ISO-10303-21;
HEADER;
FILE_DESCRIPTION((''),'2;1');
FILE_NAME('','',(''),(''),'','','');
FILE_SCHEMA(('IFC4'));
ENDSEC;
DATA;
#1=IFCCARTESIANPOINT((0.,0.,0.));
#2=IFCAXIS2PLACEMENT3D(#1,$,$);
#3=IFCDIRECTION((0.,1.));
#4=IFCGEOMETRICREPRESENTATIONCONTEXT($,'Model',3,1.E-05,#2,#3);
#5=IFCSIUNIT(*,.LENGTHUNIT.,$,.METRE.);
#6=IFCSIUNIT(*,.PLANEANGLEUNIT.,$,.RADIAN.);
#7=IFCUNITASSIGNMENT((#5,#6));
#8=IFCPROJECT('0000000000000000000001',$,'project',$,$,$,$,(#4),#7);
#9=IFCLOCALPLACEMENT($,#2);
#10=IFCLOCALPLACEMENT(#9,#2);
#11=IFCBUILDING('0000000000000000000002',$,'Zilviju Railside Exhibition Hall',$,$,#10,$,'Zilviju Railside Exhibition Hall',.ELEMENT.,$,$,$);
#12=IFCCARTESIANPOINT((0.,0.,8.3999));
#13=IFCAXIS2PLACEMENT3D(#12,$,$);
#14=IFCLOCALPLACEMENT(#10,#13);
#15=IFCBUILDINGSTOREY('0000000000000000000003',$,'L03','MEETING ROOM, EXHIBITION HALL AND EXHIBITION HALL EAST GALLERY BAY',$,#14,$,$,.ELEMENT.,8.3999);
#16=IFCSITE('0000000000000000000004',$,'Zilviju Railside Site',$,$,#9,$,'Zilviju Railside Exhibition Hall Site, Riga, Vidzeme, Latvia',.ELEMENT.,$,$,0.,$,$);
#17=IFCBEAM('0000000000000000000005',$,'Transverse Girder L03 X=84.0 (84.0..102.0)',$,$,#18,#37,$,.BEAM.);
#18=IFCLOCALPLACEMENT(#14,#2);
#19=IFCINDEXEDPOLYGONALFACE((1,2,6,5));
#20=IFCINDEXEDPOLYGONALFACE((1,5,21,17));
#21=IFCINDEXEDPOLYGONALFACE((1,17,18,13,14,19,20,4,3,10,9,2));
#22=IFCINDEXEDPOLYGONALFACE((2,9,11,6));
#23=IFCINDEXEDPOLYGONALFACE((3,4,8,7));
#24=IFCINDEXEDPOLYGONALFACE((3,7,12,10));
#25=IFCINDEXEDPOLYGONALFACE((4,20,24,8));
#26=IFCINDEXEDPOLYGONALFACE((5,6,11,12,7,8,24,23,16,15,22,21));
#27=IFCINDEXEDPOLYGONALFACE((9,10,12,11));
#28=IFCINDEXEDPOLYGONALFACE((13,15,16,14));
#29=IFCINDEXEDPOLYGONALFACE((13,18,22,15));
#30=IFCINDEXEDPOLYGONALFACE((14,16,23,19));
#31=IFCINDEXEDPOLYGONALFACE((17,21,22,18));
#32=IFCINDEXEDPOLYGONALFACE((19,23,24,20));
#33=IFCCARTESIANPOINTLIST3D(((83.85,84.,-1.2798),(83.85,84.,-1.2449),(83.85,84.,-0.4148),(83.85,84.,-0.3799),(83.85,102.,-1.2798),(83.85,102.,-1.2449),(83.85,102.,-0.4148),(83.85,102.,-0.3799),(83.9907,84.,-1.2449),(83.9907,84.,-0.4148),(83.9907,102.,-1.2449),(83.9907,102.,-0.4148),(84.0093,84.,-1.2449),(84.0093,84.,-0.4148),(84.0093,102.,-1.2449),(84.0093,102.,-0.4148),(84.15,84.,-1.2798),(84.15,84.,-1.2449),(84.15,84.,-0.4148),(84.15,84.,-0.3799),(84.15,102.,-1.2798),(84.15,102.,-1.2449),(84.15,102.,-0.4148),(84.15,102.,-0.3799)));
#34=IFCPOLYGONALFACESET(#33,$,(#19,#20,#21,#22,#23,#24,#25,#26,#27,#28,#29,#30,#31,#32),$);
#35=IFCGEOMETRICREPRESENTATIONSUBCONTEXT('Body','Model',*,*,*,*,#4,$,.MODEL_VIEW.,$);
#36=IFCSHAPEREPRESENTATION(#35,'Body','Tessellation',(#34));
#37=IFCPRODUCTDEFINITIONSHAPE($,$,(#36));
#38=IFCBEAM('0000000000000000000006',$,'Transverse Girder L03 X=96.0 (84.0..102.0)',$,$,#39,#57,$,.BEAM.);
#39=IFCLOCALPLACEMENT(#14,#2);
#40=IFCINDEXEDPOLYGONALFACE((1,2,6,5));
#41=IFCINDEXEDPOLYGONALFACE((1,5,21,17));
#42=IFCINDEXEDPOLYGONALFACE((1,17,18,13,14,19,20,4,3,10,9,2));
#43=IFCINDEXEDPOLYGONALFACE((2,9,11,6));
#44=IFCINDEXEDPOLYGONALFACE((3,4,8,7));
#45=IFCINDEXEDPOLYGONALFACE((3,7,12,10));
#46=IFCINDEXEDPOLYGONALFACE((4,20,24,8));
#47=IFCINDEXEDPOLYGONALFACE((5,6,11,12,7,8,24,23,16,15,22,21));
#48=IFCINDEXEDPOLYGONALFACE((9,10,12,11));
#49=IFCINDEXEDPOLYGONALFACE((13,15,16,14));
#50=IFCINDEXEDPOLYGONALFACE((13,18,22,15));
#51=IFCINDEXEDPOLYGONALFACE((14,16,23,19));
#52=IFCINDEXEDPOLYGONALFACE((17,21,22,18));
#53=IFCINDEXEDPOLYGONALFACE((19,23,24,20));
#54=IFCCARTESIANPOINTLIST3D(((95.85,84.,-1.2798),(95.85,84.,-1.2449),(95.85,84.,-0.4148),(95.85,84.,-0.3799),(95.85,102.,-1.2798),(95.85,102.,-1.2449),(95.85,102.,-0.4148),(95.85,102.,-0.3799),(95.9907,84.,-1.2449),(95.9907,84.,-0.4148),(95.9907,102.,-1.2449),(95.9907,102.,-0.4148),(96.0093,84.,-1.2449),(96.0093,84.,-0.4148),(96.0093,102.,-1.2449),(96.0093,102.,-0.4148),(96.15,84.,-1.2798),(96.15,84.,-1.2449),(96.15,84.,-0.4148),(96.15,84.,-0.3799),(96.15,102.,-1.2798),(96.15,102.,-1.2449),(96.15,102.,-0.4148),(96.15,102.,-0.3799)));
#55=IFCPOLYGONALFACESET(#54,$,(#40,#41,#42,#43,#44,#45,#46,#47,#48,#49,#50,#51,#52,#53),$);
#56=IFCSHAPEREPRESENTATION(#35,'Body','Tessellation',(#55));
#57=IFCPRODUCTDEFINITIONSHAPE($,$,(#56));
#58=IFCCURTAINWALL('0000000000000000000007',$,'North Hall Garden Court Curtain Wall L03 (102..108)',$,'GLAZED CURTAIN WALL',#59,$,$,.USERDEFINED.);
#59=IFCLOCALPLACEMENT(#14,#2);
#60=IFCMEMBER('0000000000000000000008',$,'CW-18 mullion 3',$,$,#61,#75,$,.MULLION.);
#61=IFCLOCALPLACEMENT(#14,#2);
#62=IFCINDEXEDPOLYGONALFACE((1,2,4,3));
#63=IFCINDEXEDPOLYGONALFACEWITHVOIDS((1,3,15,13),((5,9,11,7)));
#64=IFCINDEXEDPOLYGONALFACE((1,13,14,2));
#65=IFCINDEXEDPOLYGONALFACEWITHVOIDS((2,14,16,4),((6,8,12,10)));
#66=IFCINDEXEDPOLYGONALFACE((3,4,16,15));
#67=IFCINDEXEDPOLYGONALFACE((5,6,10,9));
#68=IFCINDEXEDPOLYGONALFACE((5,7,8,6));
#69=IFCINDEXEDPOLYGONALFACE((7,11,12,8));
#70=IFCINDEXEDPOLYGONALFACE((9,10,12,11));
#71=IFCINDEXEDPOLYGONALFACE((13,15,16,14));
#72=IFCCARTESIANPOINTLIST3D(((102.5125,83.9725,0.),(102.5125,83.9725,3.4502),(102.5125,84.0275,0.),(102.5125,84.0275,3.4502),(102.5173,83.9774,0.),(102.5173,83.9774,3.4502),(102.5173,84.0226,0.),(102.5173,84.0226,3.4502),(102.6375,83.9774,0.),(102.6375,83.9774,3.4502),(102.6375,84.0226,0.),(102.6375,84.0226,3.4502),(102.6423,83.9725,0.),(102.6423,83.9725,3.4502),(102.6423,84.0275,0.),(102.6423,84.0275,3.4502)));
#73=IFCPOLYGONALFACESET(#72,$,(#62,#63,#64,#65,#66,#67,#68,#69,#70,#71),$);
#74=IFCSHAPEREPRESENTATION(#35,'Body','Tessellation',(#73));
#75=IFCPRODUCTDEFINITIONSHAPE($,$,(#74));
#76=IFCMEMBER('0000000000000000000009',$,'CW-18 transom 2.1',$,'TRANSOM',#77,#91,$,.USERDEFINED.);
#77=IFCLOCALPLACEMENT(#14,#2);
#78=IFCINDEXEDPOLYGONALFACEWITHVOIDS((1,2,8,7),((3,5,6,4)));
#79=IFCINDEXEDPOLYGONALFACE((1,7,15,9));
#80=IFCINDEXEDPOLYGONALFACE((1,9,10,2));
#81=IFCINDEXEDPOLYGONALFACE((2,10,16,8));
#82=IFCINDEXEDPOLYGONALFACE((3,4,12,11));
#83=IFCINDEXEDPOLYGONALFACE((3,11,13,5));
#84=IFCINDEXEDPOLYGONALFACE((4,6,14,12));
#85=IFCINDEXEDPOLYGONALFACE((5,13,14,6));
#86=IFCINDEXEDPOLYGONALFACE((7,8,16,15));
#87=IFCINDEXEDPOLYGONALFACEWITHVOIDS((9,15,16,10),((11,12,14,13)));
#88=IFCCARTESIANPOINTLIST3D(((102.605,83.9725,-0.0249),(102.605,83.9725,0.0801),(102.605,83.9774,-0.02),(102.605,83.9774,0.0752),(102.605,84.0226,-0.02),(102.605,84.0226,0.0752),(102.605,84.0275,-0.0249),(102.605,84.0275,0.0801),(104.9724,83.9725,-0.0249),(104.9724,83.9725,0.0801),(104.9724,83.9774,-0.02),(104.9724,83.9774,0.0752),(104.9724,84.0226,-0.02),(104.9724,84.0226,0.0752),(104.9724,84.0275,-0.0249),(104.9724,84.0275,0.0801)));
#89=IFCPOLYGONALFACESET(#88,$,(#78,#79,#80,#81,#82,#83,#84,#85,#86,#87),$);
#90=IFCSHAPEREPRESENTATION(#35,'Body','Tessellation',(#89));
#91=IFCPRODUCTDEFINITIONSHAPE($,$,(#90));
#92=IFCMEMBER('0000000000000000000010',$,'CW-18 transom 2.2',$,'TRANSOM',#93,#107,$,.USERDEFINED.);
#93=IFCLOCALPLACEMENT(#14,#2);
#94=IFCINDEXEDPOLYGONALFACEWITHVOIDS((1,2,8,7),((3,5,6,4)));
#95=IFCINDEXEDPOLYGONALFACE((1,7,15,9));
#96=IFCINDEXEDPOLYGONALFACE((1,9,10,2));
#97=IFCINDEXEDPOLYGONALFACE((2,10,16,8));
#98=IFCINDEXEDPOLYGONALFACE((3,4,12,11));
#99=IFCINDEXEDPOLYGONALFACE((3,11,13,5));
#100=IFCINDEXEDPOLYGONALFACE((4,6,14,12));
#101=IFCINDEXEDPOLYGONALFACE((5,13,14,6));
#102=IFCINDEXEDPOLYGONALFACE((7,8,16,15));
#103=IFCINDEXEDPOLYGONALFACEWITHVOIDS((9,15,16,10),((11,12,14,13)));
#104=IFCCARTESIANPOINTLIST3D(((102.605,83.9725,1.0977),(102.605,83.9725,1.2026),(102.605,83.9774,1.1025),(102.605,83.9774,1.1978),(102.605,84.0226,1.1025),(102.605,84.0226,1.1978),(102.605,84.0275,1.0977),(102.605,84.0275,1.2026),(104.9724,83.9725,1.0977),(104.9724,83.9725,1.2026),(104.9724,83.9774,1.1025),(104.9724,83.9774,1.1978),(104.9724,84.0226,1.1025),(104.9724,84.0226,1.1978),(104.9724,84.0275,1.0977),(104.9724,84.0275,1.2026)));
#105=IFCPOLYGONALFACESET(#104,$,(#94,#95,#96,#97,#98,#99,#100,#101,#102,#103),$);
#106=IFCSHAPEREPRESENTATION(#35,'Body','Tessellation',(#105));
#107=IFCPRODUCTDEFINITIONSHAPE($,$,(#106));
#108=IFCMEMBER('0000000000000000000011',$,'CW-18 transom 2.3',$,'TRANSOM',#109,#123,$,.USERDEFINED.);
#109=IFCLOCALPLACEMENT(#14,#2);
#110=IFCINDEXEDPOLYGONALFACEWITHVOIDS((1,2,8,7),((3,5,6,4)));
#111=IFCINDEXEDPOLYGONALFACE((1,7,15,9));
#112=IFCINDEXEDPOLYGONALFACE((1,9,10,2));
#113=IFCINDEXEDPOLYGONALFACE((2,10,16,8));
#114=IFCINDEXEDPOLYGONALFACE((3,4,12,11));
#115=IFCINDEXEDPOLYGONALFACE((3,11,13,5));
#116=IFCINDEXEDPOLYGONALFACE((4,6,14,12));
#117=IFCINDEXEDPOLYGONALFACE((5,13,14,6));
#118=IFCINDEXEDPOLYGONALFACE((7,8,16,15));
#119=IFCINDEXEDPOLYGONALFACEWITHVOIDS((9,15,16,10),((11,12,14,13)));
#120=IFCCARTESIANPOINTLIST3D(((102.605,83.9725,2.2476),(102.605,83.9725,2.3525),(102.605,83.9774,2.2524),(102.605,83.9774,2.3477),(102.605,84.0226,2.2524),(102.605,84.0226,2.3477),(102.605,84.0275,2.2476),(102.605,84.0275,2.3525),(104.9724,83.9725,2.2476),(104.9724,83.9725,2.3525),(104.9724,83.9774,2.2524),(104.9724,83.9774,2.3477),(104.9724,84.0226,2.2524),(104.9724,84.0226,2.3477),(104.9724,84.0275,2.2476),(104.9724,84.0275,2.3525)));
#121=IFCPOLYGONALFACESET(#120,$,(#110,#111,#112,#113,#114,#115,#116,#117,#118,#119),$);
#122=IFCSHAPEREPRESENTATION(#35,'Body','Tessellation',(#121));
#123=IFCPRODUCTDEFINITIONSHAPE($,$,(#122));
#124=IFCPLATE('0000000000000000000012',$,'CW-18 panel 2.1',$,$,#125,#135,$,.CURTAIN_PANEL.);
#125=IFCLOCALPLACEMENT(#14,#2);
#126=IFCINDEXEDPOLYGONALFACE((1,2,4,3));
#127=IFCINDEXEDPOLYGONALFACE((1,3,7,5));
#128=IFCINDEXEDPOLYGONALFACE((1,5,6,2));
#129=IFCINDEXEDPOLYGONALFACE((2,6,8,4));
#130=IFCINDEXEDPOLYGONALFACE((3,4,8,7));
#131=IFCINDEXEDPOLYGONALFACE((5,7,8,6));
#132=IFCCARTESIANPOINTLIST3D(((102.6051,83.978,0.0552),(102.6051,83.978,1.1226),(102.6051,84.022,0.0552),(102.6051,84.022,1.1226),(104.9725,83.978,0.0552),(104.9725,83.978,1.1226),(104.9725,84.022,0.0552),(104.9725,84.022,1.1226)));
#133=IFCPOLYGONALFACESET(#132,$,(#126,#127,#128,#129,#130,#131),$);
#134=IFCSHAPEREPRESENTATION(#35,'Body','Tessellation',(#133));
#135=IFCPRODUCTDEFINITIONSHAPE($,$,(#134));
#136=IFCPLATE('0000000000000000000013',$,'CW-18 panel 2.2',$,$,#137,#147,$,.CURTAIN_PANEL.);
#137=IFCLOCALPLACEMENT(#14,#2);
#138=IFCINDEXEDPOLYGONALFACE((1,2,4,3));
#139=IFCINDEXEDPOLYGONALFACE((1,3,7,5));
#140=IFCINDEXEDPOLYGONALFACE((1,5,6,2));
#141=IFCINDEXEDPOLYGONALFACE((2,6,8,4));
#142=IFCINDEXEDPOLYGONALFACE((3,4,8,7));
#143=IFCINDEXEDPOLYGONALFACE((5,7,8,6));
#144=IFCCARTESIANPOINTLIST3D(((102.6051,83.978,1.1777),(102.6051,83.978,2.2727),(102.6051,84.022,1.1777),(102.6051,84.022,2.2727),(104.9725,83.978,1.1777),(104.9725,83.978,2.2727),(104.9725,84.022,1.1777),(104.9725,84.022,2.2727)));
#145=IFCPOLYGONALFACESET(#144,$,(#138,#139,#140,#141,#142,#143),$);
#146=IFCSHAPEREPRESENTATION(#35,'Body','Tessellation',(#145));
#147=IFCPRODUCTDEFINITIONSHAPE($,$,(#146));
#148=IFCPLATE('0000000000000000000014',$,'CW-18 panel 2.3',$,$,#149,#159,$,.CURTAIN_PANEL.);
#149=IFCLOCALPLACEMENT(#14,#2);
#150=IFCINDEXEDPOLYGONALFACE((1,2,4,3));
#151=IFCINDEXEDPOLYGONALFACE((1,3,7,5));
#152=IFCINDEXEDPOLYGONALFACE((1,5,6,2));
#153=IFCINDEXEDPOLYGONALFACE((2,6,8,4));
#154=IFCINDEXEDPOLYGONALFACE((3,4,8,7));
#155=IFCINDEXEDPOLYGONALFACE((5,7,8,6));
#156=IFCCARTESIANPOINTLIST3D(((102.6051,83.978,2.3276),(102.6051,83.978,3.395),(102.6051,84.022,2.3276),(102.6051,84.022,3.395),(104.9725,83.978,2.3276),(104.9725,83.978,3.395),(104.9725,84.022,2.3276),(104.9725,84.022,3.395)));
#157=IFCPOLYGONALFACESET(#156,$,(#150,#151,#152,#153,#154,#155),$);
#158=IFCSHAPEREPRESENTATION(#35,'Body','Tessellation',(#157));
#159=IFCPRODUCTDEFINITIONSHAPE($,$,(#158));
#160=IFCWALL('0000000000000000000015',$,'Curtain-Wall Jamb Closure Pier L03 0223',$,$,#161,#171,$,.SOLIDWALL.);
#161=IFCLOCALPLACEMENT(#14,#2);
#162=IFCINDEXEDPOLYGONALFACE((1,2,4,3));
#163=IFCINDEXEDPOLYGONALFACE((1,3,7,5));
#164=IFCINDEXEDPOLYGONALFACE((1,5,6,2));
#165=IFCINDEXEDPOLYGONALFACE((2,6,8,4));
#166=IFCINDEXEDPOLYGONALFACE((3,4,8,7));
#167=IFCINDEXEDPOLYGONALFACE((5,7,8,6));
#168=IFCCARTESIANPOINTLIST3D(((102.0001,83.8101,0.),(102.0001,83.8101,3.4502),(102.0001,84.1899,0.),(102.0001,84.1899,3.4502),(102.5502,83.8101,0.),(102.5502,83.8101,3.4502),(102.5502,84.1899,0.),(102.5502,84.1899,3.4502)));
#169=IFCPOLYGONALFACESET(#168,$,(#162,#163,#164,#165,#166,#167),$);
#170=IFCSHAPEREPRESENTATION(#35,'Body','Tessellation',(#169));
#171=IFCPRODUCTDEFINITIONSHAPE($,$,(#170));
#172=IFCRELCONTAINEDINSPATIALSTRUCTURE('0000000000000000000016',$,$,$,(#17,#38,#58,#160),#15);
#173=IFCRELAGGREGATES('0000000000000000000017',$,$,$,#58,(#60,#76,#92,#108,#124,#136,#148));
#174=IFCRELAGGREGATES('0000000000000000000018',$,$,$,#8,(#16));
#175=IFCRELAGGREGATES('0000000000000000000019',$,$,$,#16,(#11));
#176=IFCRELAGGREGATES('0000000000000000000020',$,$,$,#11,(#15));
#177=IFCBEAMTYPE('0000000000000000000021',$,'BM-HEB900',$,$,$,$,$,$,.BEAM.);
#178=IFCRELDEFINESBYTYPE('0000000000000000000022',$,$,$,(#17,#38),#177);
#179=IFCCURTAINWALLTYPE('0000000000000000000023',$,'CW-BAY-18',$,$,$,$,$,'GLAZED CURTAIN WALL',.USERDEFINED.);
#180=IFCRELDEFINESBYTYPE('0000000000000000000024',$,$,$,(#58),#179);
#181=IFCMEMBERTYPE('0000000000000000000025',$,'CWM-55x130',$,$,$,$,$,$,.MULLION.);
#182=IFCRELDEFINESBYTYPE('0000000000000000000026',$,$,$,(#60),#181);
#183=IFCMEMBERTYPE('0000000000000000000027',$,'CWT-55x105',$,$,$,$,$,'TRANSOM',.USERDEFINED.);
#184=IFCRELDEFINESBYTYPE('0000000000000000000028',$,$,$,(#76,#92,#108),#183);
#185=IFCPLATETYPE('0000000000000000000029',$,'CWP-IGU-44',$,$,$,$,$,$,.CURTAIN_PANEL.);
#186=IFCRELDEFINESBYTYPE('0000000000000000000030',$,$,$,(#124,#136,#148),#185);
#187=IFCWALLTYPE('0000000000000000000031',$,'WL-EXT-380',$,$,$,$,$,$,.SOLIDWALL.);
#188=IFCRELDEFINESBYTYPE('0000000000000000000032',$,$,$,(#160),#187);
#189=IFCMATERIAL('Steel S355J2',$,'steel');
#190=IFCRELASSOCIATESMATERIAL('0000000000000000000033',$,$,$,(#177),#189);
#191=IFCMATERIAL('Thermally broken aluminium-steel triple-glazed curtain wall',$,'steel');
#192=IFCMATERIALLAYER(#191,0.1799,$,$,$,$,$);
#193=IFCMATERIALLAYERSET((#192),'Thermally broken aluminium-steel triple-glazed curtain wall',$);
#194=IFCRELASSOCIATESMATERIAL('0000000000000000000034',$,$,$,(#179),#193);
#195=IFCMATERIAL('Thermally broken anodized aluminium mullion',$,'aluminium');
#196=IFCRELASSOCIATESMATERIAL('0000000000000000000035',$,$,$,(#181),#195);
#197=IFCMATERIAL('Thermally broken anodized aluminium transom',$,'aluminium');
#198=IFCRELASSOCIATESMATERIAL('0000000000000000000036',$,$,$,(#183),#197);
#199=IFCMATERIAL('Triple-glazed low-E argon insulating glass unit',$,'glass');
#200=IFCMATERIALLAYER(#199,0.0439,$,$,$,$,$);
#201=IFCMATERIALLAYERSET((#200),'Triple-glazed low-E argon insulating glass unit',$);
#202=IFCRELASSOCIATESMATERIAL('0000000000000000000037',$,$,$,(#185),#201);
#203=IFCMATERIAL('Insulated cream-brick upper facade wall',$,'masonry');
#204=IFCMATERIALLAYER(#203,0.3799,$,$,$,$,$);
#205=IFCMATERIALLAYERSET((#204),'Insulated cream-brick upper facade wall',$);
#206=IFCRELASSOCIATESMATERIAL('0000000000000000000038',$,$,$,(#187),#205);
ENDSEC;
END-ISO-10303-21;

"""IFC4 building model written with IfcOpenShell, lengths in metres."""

from ifc_helpers import new_model, si_unit, direction, frame, frame_2d, origin, origin_2d, place, context, subcontext, project, spatial, rectangle, hollow_rectangle, i_section, extrude, material, layer, layer_set, material_profile, profile_set, type_object, element, aggregate, save


model = new_model("IFC4")

# Units and contexts
model_context = context("Model", 3, precision=1e-05, world=origin(), true_north=direction((0.0, 1.0)))
body_context = subcontext(model_context, "Body", "Model", "MODEL_VIEW")
ifc_project = project(units=[si_unit("LENGTHUNIT", "METRE"), si_unit("PLANEANGLEUNIT", "RADIAN")], contexts=[model_context])

# Site, building, storey
site_placement = place(None, origin())
site = spatial("IfcSite", under=ifc_project, at=site_placement, Name="Zilviju Railside Site", LongName="Zilviju Railside Exhibition Hall Site, Riga, Vidzeme, Latvia", CompositionType="ELEMENT", RefElevation=0.0)
building_placement = place(site_placement, origin())
building = spatial("IfcBuilding", under=site, at=building_placement, Name="Zilviju Railside Exhibition Hall", LongName="Zilviju Railside Exhibition Hall", CompositionType="ELEMENT")
storey_placement = place(building_placement, frame((0.0, 0.0, 8.3999)))
storey = spatial("IfcBuildingStorey", under=building, at=storey_placement, Name="L03", Description="MEETING ROOM, EXHIBITION HALL AND EXHIBITION HALL EAST GALLERY BAY", CompositionType="ELEMENT", Elevation=8.3999)

# Beams
ifc_material_1 = material(Name="Steel S355J2", Category="steel")
ifc_material_profile_1 = material_profile(ifc_material_1, i_section(OverallWidth=0.3, OverallDepth=0.8999, WebThickness=0.0186, FlangeThickness=0.0349, at=origin_2d()), Name="HEB 900")
ifc_profile_set_1 = profile_set([ifc_material_profile_1], Name="Steel S355J2")
beam_type_1 = type_object("IfcBeamType", Name="BM-HEB900", PredefinedType="BEAM", material=ifc_profile_set_1)
for number, where, z_axis, x_axis, name in (
    (1, (84.0, 84.0, -0.8298), (0.0, 1.0, 0.0), (-1.0, 0.0, 0.0), "Transverse Girder L03 X=84.0 (84.0..102.0)"),
    (2, (96.0, 84.0, -0.8298), (0.0, 1.0, 0.0), (-1.0, 0.0, 0.0), "Transverse Girder L03 X=96.0 (84.0..102.0)"),
):
    element("IfcBeam", number, at=place(storey_placement, frame(where, z_axis=z_axis, x_axis=x_axis)), inside=storey, type_object=beam_type_1, Name=name, PredefinedType="BEAM", context=body_context, shape_type="SweptSolid", body=[
        extrude(i_section(OverallWidth=0.3, OverallDepth=0.8999, WebThickness=0.0186, FlangeThickness=0.0349, at=origin_2d()), origin(), (0.0, 0.0, 1.0), 18.0),
    ])

# Curtain wall, members, plates
ifc_material_2 = material(Name="Thermally broken aluminium-steel triple-glazed curtain wall", Category="steel")
ifc_layer_1 = layer(ifc_material_2, 0.1799)
ifc_layer_set_1 = layer_set([ifc_layer_1], Name="Thermally broken aluminium-steel triple-glazed curtain wall")
curtain_wall_type = type_object("IfcCurtainWallType", Name="CW-BAY-18", ElementType="GLAZED CURTAIN WALL", PredefinedType="USERDEFINED", material=ifc_layer_set_1)
curtain_wall_placement = place(storey_placement, origin())
curtain_wall = element("IfcCurtainWall", 3, at=curtain_wall_placement, inside=storey, type_object=curtain_wall_type, Name="North Hall Garden Court Curtain Wall L03 (102..108)", ObjectType="GLAZED CURTAIN WALL", PredefinedType="USERDEFINED")
ifc_material_3 = material(Name="Thermally broken anodized aluminium mullion", Category="aluminium")
ifc_material_profile_2 = material_profile(ifc_material_3, hollow_rectangle(XDim=0.0549, YDim=0.1299, WallThickness=0.0049, at=origin_2d()), Name="MULLION 130x55x5")
ifc_profile_set_2 = profile_set([ifc_material_profile_2], Name="Thermally broken anodized aluminium mullion")
member_type_1 = type_object("IfcMemberType", Name="CWM-55x130", PredefinedType="MULLION", material=ifc_profile_set_2)
member_1_placement = place(storey_placement, frame((102.5774, 84.0, 0.0), z_axis=(0.0, 0.0, 1.0), x_axis=(0.0, -1.0, 0.0)))
member_1 = element("IfcMember", 4, at=member_1_placement, type_object=member_type_1, Name="CW-18 mullion 3", PredefinedType="MULLION", context=body_context, shape_type="SweptSolid", body=[
    extrude(hollow_rectangle(XDim=0.0549, YDim=0.1299, WallThickness=0.0049, at=origin_2d()), origin(), (0.0, 0.0, 1.0), 3.4502),
])
ifc_material_4 = material(Name="Thermally broken anodized aluminium transom", Category="aluminium")
ifc_material_profile_3 = material_profile(ifc_material_4, hollow_rectangle(XDim=0.0549, YDim=0.105, WallThickness=0.0049, at=origin_2d()), Name="TRANSOM 105x55x5")
ifc_profile_set_3 = profile_set([ifc_material_profile_3], Name="Thermally broken anodized aluminium transom")
member_type_2 = type_object("IfcMemberType", Name="CWT-55x105", ElementType="TRANSOM", PredefinedType="USERDEFINED", material=ifc_profile_set_3)
member_2_placement = place(storey_placement, frame((104.9724, 84.0, 0.0276), z_axis=(-1.0, 0.0, 0.0), x_axis=(0.0, -1.0, 0.0)))
member_2 = element("IfcMember", 5, at=member_2_placement, type_object=member_type_2, Name="CW-18 transom 2.1", ObjectType="TRANSOM", PredefinedType="USERDEFINED", context=body_context, shape_type="SweptSolid", body=[
    extrude(hollow_rectangle(XDim=0.0549, YDim=0.105, WallThickness=0.0049, at=origin_2d()), origin(), (0.0, 0.0, 1.0), 2.3674),
])
member_3_placement = place(storey_placement, frame((104.9724, 84.0, 1.1501), z_axis=(-1.0, 0.0, 0.0), x_axis=(0.0, -1.0, 0.0)))
member_3 = element("IfcMember", 6, at=member_3_placement, type_object=member_type_2, Name="CW-18 transom 2.2", ObjectType="TRANSOM", PredefinedType="USERDEFINED", context=body_context, shape_type="SweptSolid", body=[
    extrude(hollow_rectangle(XDim=0.0549, YDim=0.105, WallThickness=0.0049, at=origin_2d()), origin(), (0.0, 0.0, 1.0), 2.3674),
])
member_4_placement = place(storey_placement, frame((104.9724, 84.0, 2.3), z_axis=(-1.0, 0.0, 0.0), x_axis=(0.0, -1.0, 0.0)))
member_4 = element("IfcMember", 7, at=member_4_placement, type_object=member_type_2, Name="CW-18 transom 2.3", ObjectType="TRANSOM", PredefinedType="USERDEFINED", context=body_context, shape_type="SweptSolid", body=[
    extrude(hollow_rectangle(XDim=0.0549, YDim=0.105, WallThickness=0.0049, at=origin_2d()), origin(), (0.0, 0.0, 1.0), 2.3674),
])
ifc_material_5 = material(Name="Triple-glazed low-E argon insulating glass unit", Category="glass")
ifc_layer_2 = layer(ifc_material_5, 0.0439)
ifc_layer_set_2 = layer_set([ifc_layer_2], Name="Triple-glazed low-E argon insulating glass unit")
plate_type = type_object("IfcPlateType", Name="CWP-IGU-44", PredefinedType="CURTAIN_PANEL", material=ifc_layer_set_2)
plate_1_placement = place(storey_placement, frame((103.7888, 84.0, 0.0552), z_axis=(0.0, 0.0, 1.0), x_axis=(-1.0, 0.0, 0.0)))
plate_1 = element("IfcPlate", 8, at=plate_1_placement, type_object=plate_type, Name="CW-18 panel 2.1", PredefinedType="CURTAIN_PANEL", context=body_context, shape_type="SweptSolid", body=[
    extrude(rectangle(XDim=2.3674, YDim=0.0439, at=origin_2d()), origin(), (0.0, 0.0, 1.0), 1.0674),
])
plate_2_placement = place(storey_placement, frame((103.7888, 84.0, 1.1777), z_axis=(0.0, 0.0, 1.0), x_axis=(-1.0, 0.0, 0.0)))
plate_2 = element("IfcPlate", 9, at=plate_2_placement, type_object=plate_type, Name="CW-18 panel 2.2", PredefinedType="CURTAIN_PANEL", context=body_context, shape_type="SweptSolid", body=[
    extrude(rectangle(XDim=2.3674, YDim=0.0439, at=origin_2d()), origin(), (0.0, 0.0, 1.0), 1.095),
])
plate_3_placement = place(storey_placement, frame((103.7888, 84.0, 2.3276), z_axis=(0.0, 0.0, 1.0), x_axis=(-1.0, 0.0, 0.0)))
plate_3 = element("IfcPlate", 10, at=plate_3_placement, type_object=plate_type, Name="CW-18 panel 2.3", PredefinedType="CURTAIN_PANEL", context=body_context, shape_type="SweptSolid", body=[
    extrude(rectangle(XDim=2.3674, YDim=0.0439, at=origin_2d()), origin(), (0.0, 0.0, 1.0), 1.0674),
])
aggregate(curtain_wall, [member_1, member_2, member_3, member_4, plate_1, plate_2, plate_3])

# Wall
ifc_material_6 = material(Name="Insulated cream-brick upper facade wall", Category="masonry")
ifc_layer_3 = layer(ifc_material_6, 0.3799)
ifc_layer_set_3 = layer_set([ifc_layer_3], Name="Insulated cream-brick upper facade wall")
wall_type = type_object("IfcWallType", Name="WL-EXT-380", PredefinedType="SOLIDWALL", material=ifc_layer_set_3)
wall_1_placement = place(storey_placement, frame((102.55, 84.0, 0.0), z_axis=(0.0, 0.0, 1.0), x_axis=(-1.0, 0.0, 0.0)))
element("IfcWall", 11, at=wall_1_placement, inside=storey, type_object=wall_type, Name="Curtain-Wall Jamb Closure Pier L03 0223", PredefinedType="SOLIDWALL", context=body_context, shape_type="SweptSolid", body=[
    extrude(rectangle(XDim=0.55, YDim=0.3799, at=frame_2d((0.2749, 0.0))), origin(), (0.0, 0.0, 1.0), 3.4502),
])

save(model, "model.ifc")
